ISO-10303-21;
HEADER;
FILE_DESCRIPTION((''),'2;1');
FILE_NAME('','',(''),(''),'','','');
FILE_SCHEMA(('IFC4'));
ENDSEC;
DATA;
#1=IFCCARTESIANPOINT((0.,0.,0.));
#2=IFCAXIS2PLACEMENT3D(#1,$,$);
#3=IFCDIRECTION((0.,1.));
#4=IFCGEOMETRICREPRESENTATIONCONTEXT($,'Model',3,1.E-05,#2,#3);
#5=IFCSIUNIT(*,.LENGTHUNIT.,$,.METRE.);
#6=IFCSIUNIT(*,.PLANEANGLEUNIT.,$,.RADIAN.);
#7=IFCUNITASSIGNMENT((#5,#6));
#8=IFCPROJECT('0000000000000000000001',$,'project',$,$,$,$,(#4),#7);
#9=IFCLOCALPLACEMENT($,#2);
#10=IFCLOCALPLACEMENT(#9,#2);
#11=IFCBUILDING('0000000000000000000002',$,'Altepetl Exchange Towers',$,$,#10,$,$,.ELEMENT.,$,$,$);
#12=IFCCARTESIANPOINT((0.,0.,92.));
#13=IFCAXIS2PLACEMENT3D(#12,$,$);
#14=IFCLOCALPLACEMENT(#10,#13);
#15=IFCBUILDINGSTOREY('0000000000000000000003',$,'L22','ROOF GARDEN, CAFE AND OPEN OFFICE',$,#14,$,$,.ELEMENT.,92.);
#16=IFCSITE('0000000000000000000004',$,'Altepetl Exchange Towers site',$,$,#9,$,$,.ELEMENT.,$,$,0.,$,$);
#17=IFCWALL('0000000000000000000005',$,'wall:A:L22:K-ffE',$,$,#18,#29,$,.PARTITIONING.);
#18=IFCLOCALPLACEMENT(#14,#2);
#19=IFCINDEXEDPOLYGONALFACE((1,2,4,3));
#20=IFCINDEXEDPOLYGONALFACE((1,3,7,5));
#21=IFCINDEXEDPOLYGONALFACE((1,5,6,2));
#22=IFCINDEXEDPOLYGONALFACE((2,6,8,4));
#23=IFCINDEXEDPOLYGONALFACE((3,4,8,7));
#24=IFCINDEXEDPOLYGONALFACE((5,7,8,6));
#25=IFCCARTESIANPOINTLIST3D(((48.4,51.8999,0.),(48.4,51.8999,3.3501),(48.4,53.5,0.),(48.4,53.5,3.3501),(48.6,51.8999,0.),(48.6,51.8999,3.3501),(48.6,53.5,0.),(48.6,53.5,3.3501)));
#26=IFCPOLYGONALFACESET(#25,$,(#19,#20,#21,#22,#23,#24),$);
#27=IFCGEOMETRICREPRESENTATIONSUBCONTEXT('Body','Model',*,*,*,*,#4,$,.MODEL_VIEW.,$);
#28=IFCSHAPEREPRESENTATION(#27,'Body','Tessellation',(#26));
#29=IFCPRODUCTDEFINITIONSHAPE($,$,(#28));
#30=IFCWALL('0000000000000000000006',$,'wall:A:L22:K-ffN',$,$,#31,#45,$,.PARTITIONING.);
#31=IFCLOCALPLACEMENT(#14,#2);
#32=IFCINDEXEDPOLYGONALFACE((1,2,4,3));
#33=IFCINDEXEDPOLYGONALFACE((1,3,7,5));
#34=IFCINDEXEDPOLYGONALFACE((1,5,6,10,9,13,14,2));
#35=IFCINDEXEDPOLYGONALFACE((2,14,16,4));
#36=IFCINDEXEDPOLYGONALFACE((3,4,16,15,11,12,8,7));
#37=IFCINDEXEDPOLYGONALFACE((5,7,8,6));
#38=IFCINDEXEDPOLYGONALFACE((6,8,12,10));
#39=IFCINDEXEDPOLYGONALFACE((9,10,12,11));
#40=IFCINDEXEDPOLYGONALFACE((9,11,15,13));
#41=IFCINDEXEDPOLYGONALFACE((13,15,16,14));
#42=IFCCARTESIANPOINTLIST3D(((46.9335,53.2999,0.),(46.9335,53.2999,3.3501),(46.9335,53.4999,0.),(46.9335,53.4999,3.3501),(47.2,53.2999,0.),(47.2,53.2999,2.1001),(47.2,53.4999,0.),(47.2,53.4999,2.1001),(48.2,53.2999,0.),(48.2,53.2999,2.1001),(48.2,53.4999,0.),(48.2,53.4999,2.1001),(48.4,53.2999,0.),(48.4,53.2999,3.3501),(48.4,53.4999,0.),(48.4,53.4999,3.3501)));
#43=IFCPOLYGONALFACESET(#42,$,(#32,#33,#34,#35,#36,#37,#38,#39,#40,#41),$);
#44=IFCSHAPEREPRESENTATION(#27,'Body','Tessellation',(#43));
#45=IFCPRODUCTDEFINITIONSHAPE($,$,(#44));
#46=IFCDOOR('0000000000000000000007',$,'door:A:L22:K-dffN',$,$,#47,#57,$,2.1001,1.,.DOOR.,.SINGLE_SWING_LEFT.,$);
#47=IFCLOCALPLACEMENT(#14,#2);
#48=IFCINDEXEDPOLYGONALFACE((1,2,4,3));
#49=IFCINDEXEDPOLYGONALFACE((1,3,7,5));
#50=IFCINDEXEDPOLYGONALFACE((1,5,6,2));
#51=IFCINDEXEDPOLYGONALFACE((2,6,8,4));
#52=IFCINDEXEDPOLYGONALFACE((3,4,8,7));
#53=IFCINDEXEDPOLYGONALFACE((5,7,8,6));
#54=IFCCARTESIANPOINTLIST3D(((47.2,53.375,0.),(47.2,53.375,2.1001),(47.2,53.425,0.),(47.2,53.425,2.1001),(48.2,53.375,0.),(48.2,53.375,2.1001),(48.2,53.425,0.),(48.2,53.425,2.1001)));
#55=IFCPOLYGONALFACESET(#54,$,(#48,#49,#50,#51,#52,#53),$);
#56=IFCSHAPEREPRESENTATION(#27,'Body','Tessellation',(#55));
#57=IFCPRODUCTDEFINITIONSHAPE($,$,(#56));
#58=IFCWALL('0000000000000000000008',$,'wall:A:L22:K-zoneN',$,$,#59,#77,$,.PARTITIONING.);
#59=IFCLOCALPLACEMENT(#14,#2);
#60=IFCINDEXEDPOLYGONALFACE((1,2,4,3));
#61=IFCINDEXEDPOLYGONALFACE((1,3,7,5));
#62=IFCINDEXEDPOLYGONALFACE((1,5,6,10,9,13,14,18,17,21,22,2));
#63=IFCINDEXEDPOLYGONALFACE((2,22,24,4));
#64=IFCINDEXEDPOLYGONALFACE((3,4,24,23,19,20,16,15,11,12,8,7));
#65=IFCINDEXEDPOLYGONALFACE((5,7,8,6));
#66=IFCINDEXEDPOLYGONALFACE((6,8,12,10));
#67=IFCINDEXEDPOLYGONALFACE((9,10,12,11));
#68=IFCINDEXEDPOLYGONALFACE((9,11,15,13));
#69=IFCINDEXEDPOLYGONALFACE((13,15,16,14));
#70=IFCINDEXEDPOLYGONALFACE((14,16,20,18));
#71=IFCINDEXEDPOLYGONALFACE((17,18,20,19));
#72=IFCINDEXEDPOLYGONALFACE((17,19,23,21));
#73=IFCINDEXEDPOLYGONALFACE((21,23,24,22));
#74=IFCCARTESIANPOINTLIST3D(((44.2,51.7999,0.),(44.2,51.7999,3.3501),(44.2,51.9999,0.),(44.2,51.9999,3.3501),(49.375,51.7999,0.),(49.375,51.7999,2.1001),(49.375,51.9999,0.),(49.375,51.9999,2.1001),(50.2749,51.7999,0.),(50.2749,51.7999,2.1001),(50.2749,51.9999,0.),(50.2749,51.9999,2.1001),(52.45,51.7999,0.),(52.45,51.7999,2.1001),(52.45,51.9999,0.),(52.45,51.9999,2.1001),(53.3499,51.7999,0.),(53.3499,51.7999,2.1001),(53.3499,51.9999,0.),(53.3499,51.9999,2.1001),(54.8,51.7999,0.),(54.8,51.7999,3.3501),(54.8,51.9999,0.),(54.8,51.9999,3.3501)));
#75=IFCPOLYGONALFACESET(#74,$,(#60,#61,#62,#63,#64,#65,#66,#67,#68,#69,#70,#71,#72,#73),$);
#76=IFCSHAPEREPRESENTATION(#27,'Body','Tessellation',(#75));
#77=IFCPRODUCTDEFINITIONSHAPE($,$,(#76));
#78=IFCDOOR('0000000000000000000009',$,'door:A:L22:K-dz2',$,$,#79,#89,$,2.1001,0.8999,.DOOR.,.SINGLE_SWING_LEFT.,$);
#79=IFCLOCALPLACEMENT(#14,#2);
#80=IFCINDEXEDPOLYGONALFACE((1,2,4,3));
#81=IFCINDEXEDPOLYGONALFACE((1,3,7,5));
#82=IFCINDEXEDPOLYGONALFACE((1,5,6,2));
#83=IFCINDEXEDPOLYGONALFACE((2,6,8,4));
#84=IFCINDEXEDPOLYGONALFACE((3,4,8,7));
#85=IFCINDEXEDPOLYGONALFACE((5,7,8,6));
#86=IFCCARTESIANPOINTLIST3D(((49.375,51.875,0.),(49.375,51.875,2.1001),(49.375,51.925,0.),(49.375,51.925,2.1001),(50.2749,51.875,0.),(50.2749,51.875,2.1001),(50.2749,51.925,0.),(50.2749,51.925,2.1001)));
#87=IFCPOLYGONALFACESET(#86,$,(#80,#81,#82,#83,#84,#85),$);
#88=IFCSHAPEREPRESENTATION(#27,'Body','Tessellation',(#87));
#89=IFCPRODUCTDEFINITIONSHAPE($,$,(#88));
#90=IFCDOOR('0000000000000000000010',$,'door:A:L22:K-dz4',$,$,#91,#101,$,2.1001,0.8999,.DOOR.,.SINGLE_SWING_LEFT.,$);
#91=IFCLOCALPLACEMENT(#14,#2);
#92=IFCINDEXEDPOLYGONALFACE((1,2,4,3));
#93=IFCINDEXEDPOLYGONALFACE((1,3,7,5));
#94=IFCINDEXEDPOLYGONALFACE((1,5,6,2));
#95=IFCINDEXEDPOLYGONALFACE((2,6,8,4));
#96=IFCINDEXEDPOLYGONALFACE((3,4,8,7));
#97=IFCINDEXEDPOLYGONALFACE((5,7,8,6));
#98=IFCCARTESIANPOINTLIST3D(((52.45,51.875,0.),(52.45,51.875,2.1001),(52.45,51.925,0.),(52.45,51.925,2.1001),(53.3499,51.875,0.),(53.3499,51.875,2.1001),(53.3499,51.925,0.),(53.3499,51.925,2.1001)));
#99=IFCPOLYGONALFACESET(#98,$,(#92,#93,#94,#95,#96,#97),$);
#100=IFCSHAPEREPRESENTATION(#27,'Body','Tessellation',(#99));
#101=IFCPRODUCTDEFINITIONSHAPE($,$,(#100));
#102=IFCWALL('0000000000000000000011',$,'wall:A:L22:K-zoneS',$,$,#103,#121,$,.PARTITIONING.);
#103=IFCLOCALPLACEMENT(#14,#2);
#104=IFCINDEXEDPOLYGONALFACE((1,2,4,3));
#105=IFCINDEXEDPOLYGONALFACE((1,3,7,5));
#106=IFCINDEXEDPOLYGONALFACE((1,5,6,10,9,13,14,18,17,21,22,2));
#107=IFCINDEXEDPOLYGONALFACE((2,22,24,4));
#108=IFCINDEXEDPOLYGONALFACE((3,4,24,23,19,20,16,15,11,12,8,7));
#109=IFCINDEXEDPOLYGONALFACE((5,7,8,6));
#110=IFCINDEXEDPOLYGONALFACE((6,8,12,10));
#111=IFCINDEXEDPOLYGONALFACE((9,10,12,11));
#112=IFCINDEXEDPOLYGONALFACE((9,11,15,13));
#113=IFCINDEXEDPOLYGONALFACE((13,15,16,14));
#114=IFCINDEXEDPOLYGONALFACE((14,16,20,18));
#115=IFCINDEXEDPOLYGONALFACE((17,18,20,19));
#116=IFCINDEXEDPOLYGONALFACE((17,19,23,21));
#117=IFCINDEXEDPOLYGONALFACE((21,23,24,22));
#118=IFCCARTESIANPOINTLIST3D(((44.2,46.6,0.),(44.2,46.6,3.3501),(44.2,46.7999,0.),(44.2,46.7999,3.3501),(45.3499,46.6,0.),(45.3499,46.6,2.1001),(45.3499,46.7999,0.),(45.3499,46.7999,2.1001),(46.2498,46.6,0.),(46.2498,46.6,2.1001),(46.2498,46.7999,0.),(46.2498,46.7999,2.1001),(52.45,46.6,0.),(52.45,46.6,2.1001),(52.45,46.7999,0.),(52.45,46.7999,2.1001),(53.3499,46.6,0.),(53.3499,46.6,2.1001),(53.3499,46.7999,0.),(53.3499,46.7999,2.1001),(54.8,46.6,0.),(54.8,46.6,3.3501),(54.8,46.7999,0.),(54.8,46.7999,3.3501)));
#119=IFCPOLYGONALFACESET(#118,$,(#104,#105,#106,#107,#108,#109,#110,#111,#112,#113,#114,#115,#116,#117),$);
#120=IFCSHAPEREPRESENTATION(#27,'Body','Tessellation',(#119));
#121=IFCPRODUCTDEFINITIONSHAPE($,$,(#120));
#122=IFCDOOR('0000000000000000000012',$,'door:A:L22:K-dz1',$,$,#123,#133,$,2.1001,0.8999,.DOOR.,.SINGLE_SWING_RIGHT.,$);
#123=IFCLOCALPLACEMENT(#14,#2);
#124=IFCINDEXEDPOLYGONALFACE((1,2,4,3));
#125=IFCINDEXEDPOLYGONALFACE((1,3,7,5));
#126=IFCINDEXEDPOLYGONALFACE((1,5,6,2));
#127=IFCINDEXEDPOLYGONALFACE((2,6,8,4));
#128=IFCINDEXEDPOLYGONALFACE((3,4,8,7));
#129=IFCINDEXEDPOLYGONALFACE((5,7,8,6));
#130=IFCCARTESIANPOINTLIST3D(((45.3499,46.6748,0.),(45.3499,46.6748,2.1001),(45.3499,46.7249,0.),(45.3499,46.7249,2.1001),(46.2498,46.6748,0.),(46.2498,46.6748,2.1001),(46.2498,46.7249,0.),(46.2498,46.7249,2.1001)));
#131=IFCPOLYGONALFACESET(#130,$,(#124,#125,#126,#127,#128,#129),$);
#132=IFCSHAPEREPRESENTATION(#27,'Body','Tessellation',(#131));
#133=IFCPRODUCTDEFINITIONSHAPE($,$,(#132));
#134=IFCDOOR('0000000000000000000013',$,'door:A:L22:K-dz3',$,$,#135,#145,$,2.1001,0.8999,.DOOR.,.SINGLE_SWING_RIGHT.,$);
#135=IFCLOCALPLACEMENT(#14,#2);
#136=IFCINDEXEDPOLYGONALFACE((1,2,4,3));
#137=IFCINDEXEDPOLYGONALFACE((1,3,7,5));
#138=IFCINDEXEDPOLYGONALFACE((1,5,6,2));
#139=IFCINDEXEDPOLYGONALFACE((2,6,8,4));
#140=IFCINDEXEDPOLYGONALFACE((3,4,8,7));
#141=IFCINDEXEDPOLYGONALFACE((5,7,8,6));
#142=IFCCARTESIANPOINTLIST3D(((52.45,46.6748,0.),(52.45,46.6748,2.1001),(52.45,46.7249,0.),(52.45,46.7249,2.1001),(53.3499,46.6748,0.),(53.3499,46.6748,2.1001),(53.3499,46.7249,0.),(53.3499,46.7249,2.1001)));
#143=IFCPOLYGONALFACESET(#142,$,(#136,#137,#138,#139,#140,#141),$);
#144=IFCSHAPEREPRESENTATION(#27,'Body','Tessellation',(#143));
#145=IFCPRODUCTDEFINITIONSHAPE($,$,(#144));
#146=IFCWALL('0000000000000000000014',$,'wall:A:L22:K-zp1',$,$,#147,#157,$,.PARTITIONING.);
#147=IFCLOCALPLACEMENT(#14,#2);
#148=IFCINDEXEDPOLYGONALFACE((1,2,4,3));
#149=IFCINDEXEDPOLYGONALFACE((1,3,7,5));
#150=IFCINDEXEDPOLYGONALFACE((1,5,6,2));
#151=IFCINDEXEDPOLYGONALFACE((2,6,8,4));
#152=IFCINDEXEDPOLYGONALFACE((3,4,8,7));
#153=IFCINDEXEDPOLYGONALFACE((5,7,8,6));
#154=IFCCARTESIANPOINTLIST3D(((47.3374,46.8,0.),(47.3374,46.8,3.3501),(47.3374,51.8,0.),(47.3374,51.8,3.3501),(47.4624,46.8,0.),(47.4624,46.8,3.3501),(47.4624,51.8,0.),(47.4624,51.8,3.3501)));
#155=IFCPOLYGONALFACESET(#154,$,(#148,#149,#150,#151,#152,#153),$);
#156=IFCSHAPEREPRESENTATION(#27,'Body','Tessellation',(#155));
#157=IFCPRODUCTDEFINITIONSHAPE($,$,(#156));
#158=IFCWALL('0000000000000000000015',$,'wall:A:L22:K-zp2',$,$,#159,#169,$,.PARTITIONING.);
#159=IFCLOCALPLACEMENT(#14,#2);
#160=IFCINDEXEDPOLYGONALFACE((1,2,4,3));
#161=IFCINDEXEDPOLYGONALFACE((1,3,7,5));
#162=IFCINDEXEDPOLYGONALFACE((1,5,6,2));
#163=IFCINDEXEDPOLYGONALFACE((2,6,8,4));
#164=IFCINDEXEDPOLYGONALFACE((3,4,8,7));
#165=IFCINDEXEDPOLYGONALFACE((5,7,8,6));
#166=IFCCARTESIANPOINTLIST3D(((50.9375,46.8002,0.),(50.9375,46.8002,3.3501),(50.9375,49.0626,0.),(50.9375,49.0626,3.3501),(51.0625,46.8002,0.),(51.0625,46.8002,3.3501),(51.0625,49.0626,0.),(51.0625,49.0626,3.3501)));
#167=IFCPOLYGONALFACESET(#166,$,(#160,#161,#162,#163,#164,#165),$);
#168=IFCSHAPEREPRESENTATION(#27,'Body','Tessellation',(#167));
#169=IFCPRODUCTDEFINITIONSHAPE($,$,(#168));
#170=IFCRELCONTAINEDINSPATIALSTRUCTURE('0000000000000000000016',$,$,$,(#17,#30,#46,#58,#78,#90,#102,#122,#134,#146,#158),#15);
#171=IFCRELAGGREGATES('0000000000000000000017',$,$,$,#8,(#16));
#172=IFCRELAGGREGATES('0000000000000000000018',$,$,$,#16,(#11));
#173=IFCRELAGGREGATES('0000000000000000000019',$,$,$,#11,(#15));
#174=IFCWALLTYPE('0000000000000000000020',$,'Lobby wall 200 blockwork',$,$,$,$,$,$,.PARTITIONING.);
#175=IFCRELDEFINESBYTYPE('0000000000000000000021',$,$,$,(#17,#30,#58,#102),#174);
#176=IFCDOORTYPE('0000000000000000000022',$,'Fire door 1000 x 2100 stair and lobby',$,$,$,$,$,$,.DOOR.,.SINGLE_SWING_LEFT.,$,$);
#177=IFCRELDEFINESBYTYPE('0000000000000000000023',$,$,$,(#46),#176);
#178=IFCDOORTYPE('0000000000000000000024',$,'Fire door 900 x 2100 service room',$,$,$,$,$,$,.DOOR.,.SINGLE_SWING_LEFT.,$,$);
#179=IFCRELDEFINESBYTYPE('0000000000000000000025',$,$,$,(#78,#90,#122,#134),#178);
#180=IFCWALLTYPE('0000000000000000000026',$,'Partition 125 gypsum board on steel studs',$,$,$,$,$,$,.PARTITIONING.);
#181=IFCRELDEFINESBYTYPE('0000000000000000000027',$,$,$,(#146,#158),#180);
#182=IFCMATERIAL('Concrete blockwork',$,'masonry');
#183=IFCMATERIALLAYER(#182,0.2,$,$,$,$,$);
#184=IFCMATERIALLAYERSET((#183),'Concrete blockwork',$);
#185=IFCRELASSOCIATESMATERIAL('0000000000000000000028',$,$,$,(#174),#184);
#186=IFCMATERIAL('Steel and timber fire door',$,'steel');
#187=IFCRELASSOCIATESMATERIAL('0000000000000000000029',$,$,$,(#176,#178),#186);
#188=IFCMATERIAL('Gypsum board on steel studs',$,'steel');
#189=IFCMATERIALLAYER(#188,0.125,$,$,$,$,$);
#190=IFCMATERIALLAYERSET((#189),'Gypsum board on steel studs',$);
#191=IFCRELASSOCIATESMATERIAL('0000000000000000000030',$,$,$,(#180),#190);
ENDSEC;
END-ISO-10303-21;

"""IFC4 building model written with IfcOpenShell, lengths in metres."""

from ifc_helpers import new_model, si_unit, direction, frame, frame_2d, origin, place, context, subcontext, project, spatial, rectangle, extrude, material, layer, layer_set, type_object, element, fill, save


model = new_model("IFC4")

# Units and contexts
model_context = context("Model", 3, precision=1e-05, world=origin(), true_north=direction((0.0, 1.0)))
body_context = subcontext(model_context, "Body", "Model", "MODEL_VIEW")
ifc_project = project(units=[si_unit("LENGTHUNIT", "METRE"), si_unit("PLANEANGLEUNIT", "RADIAN")], contexts=[model_context])

# Site, building, storey
site_placement = place(None, origin())
site = spatial("IfcSite", under=ifc_project, at=site_placement, Name="Altepetl Exchange Towers site", CompositionType="ELEMENT", RefElevation=0.0)
building_placement = place(site_placement, origin())
building = spatial("IfcBuilding", under=site, at=building_placement, Name="Altepetl Exchange Towers", CompositionType="ELEMENT")
storey_placement = place(building_placement, frame((0.0, 0.0, 92.0)))
storey = spatial("IfcBuildingStorey", under=building, at=storey_placement, Name="L22", Description="ROOF GARDEN, CAFE AND OPEN OFFICE", CompositionType="ELEMENT", Elevation=92.0)

# Wall
ifc_material_1 = material(Name="Concrete blockwork", Category="masonry")
ifc_layer_1 = layer(ifc_material_1, 0.2)
ifc_layer_set_1 = layer_set([ifc_layer_1], Name="Concrete blockwork")
wall_type_1 = type_object("IfcWallType", Name="Lobby wall 200 blockwork", PredefinedType="PARTITIONING", material=ifc_layer_set_1)
wall_1_placement = place(storey_placement, frame((48.5, 51.8999, 0.0), z_axis=(0.0, 0.0, 1.0), x_axis=(0.0, 1.0, 0.0)))
element("IfcWall", 1, at=wall_1_placement, inside=storey, type_object=wall_type_1, Name="wall:A:L22:K-ffE", PredefinedType="PARTITIONING", context=body_context, shape_type="SweptSolid", body=[
    extrude(rectangle(XDim=1.6001, YDim=0.2, at=frame_2d((0.8, 0.0))), origin(), (0.0, 0.0, 1.0), 3.3501),
])

# Wall, opening, door
wall_2_placement = place(storey_placement, frame((46.9333, 53.3999, 0.0)))
wall_2 = element("IfcWall", 2, at=wall_2_placement, inside=storey, type_object=wall_type_1, Name="wall:A:L22:K-ffN", PredefinedType="PARTITIONING", context=body_context, shape_type="SweptSolid", body=[
    extrude(rectangle(XDim=1.4666, YDim=0.2, at=frame_2d((0.7334, 0.0))), origin(), (0.0, 0.0, 1.0), 3.3501),
])
opening_1_placement = place(wall_2_placement, frame((0.2666, 0.0, 0.0)))
opening_1 = element("IfcOpeningElement", 3, at=opening_1_placement, cuts=wall_2, PredefinedType="OPENING", context=body_context, shape_type="SweptSolid", body=[
    extrude(rectangle(XDim=1.0, YDim=2.1001, at=frame_2d((0.5, 1.05))), frame((0.0, 0.1099, 0.0), z_axis=(0.0, -1.0, 0.0), x_axis=(1.0, 0.0, 0.0)), (0.0, 0.0, 1.0), 0.22),
])
ifc_material_2 = material(Name="Steel and timber fire door", Category="steel")
door_type_1 = type_object("IfcDoorType", Name="Fire door 1000 x 2100 stair and lobby", OperationType="SINGLE_SWING_LEFT", PredefinedType="DOOR", material=ifc_material_2)
door_1_placement = place(opening_1_placement, frame((1.0, 0.0, 0.0), x_axis=(-1.0, 0.0, 0.0)))
door_1 = element("IfcDoor", 4, at=door_1_placement, inside=storey, type_object=door_type_1, Name="door:A:L22:K-dffN", OperationType="SINGLE_SWING_LEFT", OverallHeight=2.1001, OverallWidth=1.0, PredefinedType="DOOR", context=body_context, shape_type="SweptSolid", body=[
    extrude(rectangle(XDim=1.0, YDim=2.1001, at=frame_2d((0.5, 1.05))), frame((0.0, 0.0249, 0.0), z_axis=(0.0, -1.0, 0.0), x_axis=(1.0, 0.0, 0.0)), (0.0, 0.0, 1.0), 0.05),
])
fill(opening_1, door_1)

# Walls, openings, doors
wall_3_placement = place(storey_placement, frame((44.2, 51.8999, 0.0)))
wall_3 = element("IfcWall", 5, at=wall_3_placement, inside=storey, type_object=wall_type_1, Name="wall:A:L22:K-zoneN", PredefinedType="PARTITIONING", context=body_context, shape_type="SweptSolid", body=[
    extrude(rectangle(XDim=10.6001, YDim=0.2, at=frame_2d((5.3, 0.0))), origin(), (0.0, 0.0, 1.0), 3.3501),
])
opening_2_placement = place(wall_3_placement, frame((5.175, 0.0, 0.0)))
opening_2 = element("IfcOpeningElement", 6, at=opening_2_placement, cuts=wall_3, PredefinedType="OPENING", context=body_context, shape_type="SweptSolid", body=[
    extrude(rectangle(XDim=0.8999, YDim=2.1001, at=frame_2d((0.45, 1.05))), frame((0.0, 0.1099, 0.0), z_axis=(0.0, -1.0, 0.0), x_axis=(1.0, 0.0, 0.0)), (0.0, 0.0, 1.0), 0.22),
])
opening_3_placement = place(wall_3_placement, frame((8.25, 0.0, 0.0)))
opening_3 = element("IfcOpeningElement", 7, at=opening_3_placement, cuts=wall_3, PredefinedType="OPENING", context=body_context, shape_type="SweptSolid", body=[
    extrude(rectangle(XDim=0.8999, YDim=2.1001, at=frame_2d((0.45, 1.05))), frame((0.0, 0.1099, 0.0), z_axis=(0.0, -1.0, 0.0), x_axis=(1.0, 0.0, 0.0)), (0.0, 0.0, 1.0), 0.22),
])
door_type_2 = type_object("IfcDoorType", Name="Fire door 900 x 2100 service room", OperationType="SINGLE_SWING_LEFT", PredefinedType="DOOR", material=ifc_material_2)
door_2_placement = place(opening_2_placement, frame((0.8999, 0.0, 0.0), x_axis=(-1.0, 0.0, 0.0)))
door_2 = element("IfcDoor", 8, at=door_2_placement, inside=storey, type_object=door_type_2, Name="door:A:L22:K-dz2", OperationType="SINGLE_SWING_LEFT", OverallHeight=2.1001, OverallWidth=0.8999, PredefinedType="DOOR", context=body_context, shape_type="SweptSolid", body=[
    extrude(rectangle(XDim=0.8999, YDim=2.1001, at=frame_2d((0.45, 1.05))), frame((0.0, 0.0249, 0.0), z_axis=(0.0, -1.0, 0.0), x_axis=(1.0, 0.0, 0.0)), (0.0, 0.0, 1.0), 0.05),
])
fill(opening_2, door_2)
door_3_placement = place(opening_3_placement, frame((0.8999, 0.0, 0.0), x_axis=(-1.0, 0.0, 0.0)))
door_3 = element("IfcDoor", 9, at=door_3_placement, inside=storey, type_object=door_type_2, Name="door:A:L22:K-dz4", OperationType="SINGLE_SWING_LEFT", OverallHeight=2.1001, OverallWidth=0.8999, PredefinedType="DOOR", context=body_context, shape_type="SweptSolid", body=[
    extrude(rectangle(XDim=0.8999, YDim=2.1001, at=frame_2d((0.45, 1.05))), frame((0.0, 0.0249, 0.0), z_axis=(0.0, -1.0, 0.0), x_axis=(1.0, 0.0, 0.0)), (0.0, 0.0, 1.0), 0.05),
])
fill(opening_3, door_3)
wall_4_placement = place(storey_placement, frame((44.2, 46.7, 0.0)))
wall_4 = element("IfcWall", 10, at=wall_4_placement, inside=storey, type_object=wall_type_1, Name="wall:A:L22:K-zoneS", PredefinedType="PARTITIONING", context=body_context, shape_type="SweptSolid", body=[
    extrude(rectangle(XDim=10.6001, YDim=0.2, at=frame_2d((5.3, 0.0))), origin(), (0.0, 0.0, 1.0), 3.3501),
])
opening_4_placement = place(wall_4_placement, frame((1.1499, 0.0, 0.0)))
opening_4 = element("IfcOpeningElement", 11, at=opening_4_placement, cuts=wall_4, PredefinedType="OPENING", context=body_context, shape_type="SweptSolid", body=[
    extrude(rectangle(XDim=0.8999, YDim=2.1001, at=frame_2d((0.45, 1.05))), frame((0.0, 0.1099, 0.0), z_axis=(0.0, -1.0, 0.0), x_axis=(1.0, 0.0, 0.0)), (0.0, 0.0, 1.0), 0.22),
])
opening_5_placement = place(wall_4_placement, frame((8.25, 0.0, 0.0)))
opening_5 = element("IfcOpeningElement", 12, at=opening_5_placement, cuts=wall_4, PredefinedType="OPENING", context=body_context, shape_type="SweptSolid", body=[
    extrude(rectangle(XDim=0.8999, YDim=2.1001, at=frame_2d((0.45, 1.05))), frame((0.0, 0.1099, 0.0), z_axis=(0.0, -1.0, 0.0), x_axis=(1.0, 0.0, 0.0)), (0.0, 0.0, 1.0), 0.22),
])
door_4_placement = place(opening_4_placement, origin())
door_4 = element("IfcDoor", 13, at=door_4_placement, inside=storey, type_object=door_type_2, Name="door:A:L22:K-dz1", OperationType="SINGLE_SWING_RIGHT", OverallHeight=2.1001, OverallWidth=0.8999, PredefinedType="DOOR", context=body_context, shape_type="SweptSolid", body=[
    extrude(rectangle(XDim=0.8999, YDim=2.1001, at=frame_2d((0.45, 1.05))), frame((0.0, 0.0249, 0.0), z_axis=(0.0, -1.0, 0.0), x_axis=(1.0, 0.0, 0.0)), (0.0, 0.0, 1.0), 0.05),
])
fill(opening_4, door_4)
door_5_placement = place(opening_5_placement, origin())
door_5 = element("IfcDoor", 14, at=door_5_placement, inside=storey, type_object=door_type_2, Name="door:A:L22:K-dz3", OperationType="SINGLE_SWING_RIGHT", OverallHeight=2.1001, OverallWidth=0.8999, PredefinedType="DOOR", context=body_context, shape_type="SweptSolid", body=[
    extrude(rectangle(XDim=0.8999, YDim=2.1001, at=frame_2d((0.45, 1.05))), frame((0.0, 0.0249, 0.0), z_axis=(0.0, -1.0, 0.0), x_axis=(1.0, 0.0, 0.0)), (0.0, 0.0, 1.0), 0.05),
])
fill(opening_5, door_5)

# Walls
ifc_material_3 = material(Name="Gypsum board on steel studs", Category="steel")
ifc_layer_2 = layer(ifc_material_3, 0.125)
ifc_layer_set_2 = layer_set([ifc_layer_2], Name="Gypsum board on steel studs")
wall_type_2 = type_object("IfcWallType", Name="Partition 125 gypsum board on steel studs", PredefinedType="PARTITIONING", material=ifc_layer_set_2)
wall_5_placement = place(storey_placement, frame((47.3999, 46.8, 0.0), z_axis=(0.0, 0.0, 1.0), x_axis=(0.0, 1.0, 0.0)))
element("IfcWall", 15, at=wall_5_placement, inside=storey, type_object=wall_type_2, Name="wall:A:L22:K-zp1", PredefinedType="PARTITIONING", context=body_context, shape_type="SweptSolid", body=[
    extrude(rectangle(XDim=5.0, YDim=0.125, at=frame_2d((2.5, 0.0))), origin(), (0.0, 0.0, 1.0), 3.3501),
])
wall_6_placement = place(storey_placement, frame((51.0, 46.8, 0.0), z_axis=(0.0, 0.0, 1.0), x_axis=(0.0, 1.0, 0.0)))
element("IfcWall", 16, at=wall_6_placement, inside=storey, type_object=wall_type_2, Name="wall:A:L22:K-zp2", PredefinedType="PARTITIONING", context=body_context, shape_type="SweptSolid", body=[
    extrude(rectangle(XDim=2.2625, YDim=0.125, at=frame_2d((1.1313, 0.0))), origin(), (0.0, 0.0, 1.0), 3.3501),
])

save(model, "model.ifc")
